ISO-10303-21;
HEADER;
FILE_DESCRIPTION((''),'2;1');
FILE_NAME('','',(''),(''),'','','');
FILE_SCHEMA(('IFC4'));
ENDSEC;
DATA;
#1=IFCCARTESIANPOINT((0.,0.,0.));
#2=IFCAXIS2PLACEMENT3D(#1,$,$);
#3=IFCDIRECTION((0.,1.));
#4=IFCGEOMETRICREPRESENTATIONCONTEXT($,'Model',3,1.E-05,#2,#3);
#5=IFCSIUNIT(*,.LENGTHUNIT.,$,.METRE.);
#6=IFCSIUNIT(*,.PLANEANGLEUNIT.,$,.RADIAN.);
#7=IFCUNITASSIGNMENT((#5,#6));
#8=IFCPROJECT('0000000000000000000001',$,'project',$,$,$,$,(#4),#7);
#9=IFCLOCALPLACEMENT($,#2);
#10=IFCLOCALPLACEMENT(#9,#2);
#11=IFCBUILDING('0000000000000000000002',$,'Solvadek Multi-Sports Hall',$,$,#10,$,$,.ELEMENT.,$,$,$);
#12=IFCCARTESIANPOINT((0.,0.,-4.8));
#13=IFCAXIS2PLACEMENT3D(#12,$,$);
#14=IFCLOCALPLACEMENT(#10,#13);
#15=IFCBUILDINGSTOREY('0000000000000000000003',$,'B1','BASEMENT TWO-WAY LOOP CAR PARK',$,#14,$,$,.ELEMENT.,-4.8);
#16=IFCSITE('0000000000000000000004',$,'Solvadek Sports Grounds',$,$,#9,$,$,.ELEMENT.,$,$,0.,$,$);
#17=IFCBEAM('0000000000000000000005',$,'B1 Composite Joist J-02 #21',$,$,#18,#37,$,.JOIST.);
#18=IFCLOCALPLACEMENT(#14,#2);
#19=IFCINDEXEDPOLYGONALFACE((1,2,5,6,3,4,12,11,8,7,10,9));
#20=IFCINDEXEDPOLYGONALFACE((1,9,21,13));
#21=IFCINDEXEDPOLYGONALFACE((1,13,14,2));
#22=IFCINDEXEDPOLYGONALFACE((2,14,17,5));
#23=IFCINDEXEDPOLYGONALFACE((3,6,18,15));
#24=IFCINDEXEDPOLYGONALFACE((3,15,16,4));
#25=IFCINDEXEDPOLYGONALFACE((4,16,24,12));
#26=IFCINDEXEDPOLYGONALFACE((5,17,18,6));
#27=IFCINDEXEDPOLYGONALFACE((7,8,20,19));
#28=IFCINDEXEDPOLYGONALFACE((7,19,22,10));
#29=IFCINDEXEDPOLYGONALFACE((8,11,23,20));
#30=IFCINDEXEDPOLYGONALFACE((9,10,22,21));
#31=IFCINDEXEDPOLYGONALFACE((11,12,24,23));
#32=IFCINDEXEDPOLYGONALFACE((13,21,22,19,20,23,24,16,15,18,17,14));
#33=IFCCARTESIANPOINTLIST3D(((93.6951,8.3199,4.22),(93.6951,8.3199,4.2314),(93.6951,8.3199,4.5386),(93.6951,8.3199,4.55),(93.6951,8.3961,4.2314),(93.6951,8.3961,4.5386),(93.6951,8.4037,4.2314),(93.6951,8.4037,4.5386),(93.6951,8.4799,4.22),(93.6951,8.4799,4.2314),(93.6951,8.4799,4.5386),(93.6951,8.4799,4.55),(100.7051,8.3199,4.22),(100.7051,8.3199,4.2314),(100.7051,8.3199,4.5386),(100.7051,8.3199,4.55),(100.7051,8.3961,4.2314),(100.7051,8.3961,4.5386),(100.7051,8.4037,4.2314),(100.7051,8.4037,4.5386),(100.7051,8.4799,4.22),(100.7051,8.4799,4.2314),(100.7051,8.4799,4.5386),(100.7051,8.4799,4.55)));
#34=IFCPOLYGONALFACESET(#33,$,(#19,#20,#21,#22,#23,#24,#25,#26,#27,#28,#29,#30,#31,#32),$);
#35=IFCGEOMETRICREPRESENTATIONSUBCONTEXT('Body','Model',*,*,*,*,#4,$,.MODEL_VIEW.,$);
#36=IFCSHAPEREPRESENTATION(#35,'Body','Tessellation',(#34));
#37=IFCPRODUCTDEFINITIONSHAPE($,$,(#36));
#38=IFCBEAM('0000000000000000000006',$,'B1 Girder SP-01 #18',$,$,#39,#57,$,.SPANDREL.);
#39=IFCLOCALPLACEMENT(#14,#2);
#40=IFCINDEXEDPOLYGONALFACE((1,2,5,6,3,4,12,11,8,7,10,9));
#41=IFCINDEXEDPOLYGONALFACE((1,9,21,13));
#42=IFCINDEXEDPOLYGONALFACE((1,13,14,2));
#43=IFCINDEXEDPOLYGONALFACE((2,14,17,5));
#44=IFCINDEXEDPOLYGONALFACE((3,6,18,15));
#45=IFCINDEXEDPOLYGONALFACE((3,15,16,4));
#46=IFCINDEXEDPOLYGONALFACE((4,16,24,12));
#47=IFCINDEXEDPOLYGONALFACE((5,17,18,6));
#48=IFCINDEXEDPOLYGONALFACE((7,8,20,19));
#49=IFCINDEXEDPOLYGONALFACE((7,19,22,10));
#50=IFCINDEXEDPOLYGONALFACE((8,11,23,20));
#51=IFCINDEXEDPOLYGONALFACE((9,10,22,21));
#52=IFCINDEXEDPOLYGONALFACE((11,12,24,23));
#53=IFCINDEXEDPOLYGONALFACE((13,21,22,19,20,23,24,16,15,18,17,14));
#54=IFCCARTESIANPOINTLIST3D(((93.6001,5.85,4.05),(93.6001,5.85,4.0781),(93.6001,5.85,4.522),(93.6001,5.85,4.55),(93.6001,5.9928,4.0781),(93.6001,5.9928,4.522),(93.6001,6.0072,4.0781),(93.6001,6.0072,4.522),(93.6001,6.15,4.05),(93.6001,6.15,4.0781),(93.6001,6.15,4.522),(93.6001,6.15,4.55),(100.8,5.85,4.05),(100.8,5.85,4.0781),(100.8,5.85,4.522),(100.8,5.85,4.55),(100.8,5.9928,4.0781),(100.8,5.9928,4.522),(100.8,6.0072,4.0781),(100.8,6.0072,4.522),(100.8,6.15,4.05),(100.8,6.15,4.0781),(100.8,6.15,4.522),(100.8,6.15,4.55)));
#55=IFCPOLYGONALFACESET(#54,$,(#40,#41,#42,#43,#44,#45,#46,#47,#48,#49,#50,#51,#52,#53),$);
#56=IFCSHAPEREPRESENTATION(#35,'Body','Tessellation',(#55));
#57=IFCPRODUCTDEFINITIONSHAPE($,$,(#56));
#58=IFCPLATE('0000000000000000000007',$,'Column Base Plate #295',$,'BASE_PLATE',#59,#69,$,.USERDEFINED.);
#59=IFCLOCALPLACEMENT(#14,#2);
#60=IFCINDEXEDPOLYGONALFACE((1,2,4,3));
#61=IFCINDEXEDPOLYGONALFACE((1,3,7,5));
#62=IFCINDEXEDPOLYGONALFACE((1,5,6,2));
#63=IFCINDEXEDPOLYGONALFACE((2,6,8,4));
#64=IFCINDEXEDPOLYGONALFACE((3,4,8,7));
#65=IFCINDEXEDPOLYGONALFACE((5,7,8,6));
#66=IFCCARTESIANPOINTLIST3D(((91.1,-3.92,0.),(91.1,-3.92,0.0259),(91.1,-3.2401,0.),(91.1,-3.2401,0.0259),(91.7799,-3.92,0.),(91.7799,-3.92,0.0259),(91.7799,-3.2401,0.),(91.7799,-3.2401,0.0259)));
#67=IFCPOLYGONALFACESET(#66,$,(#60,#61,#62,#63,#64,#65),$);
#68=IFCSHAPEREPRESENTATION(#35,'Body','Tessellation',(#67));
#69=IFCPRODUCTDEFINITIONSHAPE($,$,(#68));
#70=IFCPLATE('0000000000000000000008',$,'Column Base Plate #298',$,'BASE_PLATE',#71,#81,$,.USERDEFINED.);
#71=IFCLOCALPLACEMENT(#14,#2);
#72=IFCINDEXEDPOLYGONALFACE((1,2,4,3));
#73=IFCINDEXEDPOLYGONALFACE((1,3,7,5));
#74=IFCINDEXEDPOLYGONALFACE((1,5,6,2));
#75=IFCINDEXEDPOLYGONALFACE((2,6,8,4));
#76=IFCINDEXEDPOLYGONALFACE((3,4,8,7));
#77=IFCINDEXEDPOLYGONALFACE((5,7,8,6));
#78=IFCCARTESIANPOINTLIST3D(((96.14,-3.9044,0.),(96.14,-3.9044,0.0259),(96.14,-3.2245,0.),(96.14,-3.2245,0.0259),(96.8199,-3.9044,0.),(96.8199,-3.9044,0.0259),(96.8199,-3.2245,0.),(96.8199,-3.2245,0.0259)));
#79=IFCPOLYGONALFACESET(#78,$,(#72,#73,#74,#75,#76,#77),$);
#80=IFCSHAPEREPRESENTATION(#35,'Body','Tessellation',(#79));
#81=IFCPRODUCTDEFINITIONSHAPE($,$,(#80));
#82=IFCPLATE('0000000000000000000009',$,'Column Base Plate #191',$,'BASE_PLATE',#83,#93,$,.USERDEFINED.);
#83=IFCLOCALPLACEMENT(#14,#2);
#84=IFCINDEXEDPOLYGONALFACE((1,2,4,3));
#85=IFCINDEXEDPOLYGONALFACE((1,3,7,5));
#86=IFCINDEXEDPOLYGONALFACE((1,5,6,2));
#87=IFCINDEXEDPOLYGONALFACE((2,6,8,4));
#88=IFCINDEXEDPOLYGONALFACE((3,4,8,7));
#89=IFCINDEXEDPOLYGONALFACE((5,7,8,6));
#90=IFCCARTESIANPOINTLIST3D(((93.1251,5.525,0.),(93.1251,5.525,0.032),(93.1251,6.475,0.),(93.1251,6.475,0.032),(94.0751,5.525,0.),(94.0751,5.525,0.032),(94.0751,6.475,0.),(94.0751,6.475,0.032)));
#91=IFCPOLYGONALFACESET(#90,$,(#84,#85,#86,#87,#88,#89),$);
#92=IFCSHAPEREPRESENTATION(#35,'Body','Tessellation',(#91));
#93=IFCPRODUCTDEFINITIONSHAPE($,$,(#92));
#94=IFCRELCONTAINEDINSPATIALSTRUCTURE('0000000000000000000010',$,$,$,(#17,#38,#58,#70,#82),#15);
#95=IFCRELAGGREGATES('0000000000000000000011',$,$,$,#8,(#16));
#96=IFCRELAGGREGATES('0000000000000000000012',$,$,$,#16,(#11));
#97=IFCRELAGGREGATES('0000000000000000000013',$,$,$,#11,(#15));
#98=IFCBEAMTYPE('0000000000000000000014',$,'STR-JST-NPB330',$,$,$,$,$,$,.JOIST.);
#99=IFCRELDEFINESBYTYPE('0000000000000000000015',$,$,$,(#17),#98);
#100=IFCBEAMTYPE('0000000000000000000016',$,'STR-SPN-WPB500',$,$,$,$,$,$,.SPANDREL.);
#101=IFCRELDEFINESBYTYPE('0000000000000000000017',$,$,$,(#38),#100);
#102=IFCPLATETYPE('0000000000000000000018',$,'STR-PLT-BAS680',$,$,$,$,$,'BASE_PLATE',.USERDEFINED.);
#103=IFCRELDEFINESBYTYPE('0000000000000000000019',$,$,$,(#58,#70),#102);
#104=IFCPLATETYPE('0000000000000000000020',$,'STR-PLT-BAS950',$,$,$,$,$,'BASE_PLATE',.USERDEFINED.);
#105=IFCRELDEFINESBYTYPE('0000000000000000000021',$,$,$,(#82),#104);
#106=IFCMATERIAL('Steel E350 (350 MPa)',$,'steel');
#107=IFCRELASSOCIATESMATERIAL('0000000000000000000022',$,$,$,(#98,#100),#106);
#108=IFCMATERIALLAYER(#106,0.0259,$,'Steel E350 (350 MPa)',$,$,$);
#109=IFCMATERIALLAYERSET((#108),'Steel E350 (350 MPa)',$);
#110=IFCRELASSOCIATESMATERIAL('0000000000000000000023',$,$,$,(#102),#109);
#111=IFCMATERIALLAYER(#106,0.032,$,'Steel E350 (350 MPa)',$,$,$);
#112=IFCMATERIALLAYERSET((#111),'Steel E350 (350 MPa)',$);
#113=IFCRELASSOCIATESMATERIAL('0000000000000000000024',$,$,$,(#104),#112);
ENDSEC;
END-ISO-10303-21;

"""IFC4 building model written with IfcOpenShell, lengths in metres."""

from ifc_helpers import new_model, si_unit, direction, frame, origin, origin_2d, place, context, subcontext, project, spatial, rectangle, i_section, extrude, material, layer, layer_set, material_profile, profile_set, type_object, element, save


model = new_model("IFC4")

# Units and contexts
model_context = context("Model", 3, precision=1e-05, world=origin(), true_north=direction((0.0, 1.0)))
body_context = subcontext(model_context, "Body", "Model", "MODEL_VIEW")
ifc_project = project(units=[si_unit("LENGTHUNIT", "METRE"), si_unit("PLANEANGLEUNIT", "RADIAN")], contexts=[model_context])

# Site, building, storey
site_placement = place(None, origin())
site = spatial("IfcSite", under=ifc_project, at=site_placement, Name="Solvadek Sports Grounds", CompositionType="ELEMENT", RefElevation=0.0)
building_placement = place(site_placement, origin())
building = spatial("IfcBuilding", under=site, at=building_placement, Name="Solvadek Multi-Sports Hall", CompositionType="ELEMENT")
storey_placement = place(building_placement, frame((0.0, 0.0, -4.8)))
storey = spatial("IfcBuildingStorey", under=building, at=storey_placement, Name="B1", Description="BASEMENT TWO-WAY LOOP CAR PARK", CompositionType="ELEMENT", Elevation=-4.8)

# Shared definitions
ifc_material_1 = material(Name="Steel E350 (350 MPa)", Category="steel")

# Beams
ifc_material_profile_1 = material_profile(ifc_material_1, i_section(OverallWidth=0.1599, OverallDepth=0.3301, WebThickness=0.0076, FlangeThickness=0.0115, at=origin_2d()), Name="NPB 330")
ifc_profile_set_1 = profile_set([ifc_material_profile_1], Name="Steel E350 (350 MPa)")
beam_type_1 = type_object("IfcBeamType", Name="STR-JST-NPB330", PredefinedType="JOIST", material=ifc_profile_set_1)
beam_1_placement = place(storey_placement, frame((93.6951, 8.3999, 4.385), z_axis=(1.0, 0.0, 0.0), x_axis=(0.0, 1.0, 0.0)))
element("IfcBeam", 1, at=beam_1_placement, inside=storey, type_object=beam_type_1, Name="B1 Composite Joist J-02 #21", PredefinedType="JOIST", context=body_context, shape_type="SweptSolid", body=[
    extrude(i_section(OverallWidth=0.1599, OverallDepth=0.3301, WebThickness=0.0076, FlangeThickness=0.0115, at=origin_2d()), origin(), (0.0, 0.0, 1.0), 7.01),
])
ifc_material_profile_2 = material_profile(ifc_material_1, i_section(OverallWidth=0.3, OverallDepth=0.5, WebThickness=0.0144, FlangeThickness=0.0281, at=origin_2d()), Name="WPB 500")
ifc_profile_set_2 = profile_set([ifc_material_profile_2], Name="Steel E350 (350 MPa)")
beam_type_2 = type_object("IfcBeamType", Name="STR-SPN-WPB500", PredefinedType="SPANDREL", material=ifc_profile_set_2)
beam_2_placement = place(storey_placement, frame((93.6001, 6.0, 4.3), z_axis=(1.0, 0.0, 0.0), x_axis=(0.0, 1.0, 0.0)))
element("IfcBeam", 2, at=beam_2_placement, inside=storey, type_object=beam_type_2, Name="B1 Girder SP-01 #18", PredefinedType="SPANDREL", context=body_context, shape_type="SweptSolid", body=[
    extrude(i_section(OverallWidth=0.3, OverallDepth=0.5, WebThickness=0.0144, FlangeThickness=0.0281, at=origin_2d()), origin(), (0.0, 0.0, 1.0), 7.2),
])

# Plates
ifc_layer_1 = layer(ifc_material_1, 0.0259, Name="Steel E350 (350 MPa)")
ifc_layer_set_1 = layer_set([ifc_layer_1], Name="Steel E350 (350 MPa)")
plate_type_1 = type_object("IfcPlateType", Name="STR-PLT-BAS680", ElementType="BASE_PLATE", PredefinedType="USERDEFINED", material=ifc_layer_set_1)
for number, where, z_axis, x_axis, name in (
    (3, (91.4399, -3.5801, 0.0), (0.0, 0.0, 1.0), (1.0, 0.0, 0.0), "Column Base Plate #295"),
    (4, (96.48, -3.5645, 0.0), (0.0, 0.0, 1.0), (1.0, 0.0, 0.0), "Column Base Plate #298"),
):
    element("IfcPlate", number, at=place(storey_placement, frame(where, z_axis=z_axis, x_axis=x_axis)), inside=storey, type_object=plate_type_1, Name=name, ObjectType="BASE_PLATE", PredefinedType="USERDEFINED", context=body_context, shape_type="SweptSolid", body=[
        extrude(rectangle(XDim=0.6799, YDim=0.6799, at=origin_2d()), origin(), (0.0, 0.0, 1.0), 0.0259),
    ])
ifc_layer_2 = layer(ifc_material_1, 0.032, Name="Steel E350 (350 MPa)")
ifc_layer_set_2 = layer_set([ifc_layer_2], Name="Steel E350 (350 MPa)")
plate_type_2 = type_object("IfcPlateType", Name="STR-PLT-BAS950", ElementType="BASE_PLATE", PredefinedType="USERDEFINED", material=ifc_layer_set_2)
plate_placement = place(storey_placement, frame((93.6001, 6.0, 0.0), z_axis=(0.0, 0.0, 1.0), x_axis=(1.0, 0.0, 0.0)))
element("IfcPlate", 5, at=plate_placement, inside=storey, type_object=plate_type_2, Name="Column Base Plate #191", ObjectType="BASE_PLATE", PredefinedType="USERDEFINED", context=body_context, shape_type="SweptSolid", body=[
    extrude(rectangle(XDim=0.95, YDim=0.95, at=origin_2d()), origin(), (0.0, 0.0, 1.0), 0.032),
])

save(model, "model.ifc")
